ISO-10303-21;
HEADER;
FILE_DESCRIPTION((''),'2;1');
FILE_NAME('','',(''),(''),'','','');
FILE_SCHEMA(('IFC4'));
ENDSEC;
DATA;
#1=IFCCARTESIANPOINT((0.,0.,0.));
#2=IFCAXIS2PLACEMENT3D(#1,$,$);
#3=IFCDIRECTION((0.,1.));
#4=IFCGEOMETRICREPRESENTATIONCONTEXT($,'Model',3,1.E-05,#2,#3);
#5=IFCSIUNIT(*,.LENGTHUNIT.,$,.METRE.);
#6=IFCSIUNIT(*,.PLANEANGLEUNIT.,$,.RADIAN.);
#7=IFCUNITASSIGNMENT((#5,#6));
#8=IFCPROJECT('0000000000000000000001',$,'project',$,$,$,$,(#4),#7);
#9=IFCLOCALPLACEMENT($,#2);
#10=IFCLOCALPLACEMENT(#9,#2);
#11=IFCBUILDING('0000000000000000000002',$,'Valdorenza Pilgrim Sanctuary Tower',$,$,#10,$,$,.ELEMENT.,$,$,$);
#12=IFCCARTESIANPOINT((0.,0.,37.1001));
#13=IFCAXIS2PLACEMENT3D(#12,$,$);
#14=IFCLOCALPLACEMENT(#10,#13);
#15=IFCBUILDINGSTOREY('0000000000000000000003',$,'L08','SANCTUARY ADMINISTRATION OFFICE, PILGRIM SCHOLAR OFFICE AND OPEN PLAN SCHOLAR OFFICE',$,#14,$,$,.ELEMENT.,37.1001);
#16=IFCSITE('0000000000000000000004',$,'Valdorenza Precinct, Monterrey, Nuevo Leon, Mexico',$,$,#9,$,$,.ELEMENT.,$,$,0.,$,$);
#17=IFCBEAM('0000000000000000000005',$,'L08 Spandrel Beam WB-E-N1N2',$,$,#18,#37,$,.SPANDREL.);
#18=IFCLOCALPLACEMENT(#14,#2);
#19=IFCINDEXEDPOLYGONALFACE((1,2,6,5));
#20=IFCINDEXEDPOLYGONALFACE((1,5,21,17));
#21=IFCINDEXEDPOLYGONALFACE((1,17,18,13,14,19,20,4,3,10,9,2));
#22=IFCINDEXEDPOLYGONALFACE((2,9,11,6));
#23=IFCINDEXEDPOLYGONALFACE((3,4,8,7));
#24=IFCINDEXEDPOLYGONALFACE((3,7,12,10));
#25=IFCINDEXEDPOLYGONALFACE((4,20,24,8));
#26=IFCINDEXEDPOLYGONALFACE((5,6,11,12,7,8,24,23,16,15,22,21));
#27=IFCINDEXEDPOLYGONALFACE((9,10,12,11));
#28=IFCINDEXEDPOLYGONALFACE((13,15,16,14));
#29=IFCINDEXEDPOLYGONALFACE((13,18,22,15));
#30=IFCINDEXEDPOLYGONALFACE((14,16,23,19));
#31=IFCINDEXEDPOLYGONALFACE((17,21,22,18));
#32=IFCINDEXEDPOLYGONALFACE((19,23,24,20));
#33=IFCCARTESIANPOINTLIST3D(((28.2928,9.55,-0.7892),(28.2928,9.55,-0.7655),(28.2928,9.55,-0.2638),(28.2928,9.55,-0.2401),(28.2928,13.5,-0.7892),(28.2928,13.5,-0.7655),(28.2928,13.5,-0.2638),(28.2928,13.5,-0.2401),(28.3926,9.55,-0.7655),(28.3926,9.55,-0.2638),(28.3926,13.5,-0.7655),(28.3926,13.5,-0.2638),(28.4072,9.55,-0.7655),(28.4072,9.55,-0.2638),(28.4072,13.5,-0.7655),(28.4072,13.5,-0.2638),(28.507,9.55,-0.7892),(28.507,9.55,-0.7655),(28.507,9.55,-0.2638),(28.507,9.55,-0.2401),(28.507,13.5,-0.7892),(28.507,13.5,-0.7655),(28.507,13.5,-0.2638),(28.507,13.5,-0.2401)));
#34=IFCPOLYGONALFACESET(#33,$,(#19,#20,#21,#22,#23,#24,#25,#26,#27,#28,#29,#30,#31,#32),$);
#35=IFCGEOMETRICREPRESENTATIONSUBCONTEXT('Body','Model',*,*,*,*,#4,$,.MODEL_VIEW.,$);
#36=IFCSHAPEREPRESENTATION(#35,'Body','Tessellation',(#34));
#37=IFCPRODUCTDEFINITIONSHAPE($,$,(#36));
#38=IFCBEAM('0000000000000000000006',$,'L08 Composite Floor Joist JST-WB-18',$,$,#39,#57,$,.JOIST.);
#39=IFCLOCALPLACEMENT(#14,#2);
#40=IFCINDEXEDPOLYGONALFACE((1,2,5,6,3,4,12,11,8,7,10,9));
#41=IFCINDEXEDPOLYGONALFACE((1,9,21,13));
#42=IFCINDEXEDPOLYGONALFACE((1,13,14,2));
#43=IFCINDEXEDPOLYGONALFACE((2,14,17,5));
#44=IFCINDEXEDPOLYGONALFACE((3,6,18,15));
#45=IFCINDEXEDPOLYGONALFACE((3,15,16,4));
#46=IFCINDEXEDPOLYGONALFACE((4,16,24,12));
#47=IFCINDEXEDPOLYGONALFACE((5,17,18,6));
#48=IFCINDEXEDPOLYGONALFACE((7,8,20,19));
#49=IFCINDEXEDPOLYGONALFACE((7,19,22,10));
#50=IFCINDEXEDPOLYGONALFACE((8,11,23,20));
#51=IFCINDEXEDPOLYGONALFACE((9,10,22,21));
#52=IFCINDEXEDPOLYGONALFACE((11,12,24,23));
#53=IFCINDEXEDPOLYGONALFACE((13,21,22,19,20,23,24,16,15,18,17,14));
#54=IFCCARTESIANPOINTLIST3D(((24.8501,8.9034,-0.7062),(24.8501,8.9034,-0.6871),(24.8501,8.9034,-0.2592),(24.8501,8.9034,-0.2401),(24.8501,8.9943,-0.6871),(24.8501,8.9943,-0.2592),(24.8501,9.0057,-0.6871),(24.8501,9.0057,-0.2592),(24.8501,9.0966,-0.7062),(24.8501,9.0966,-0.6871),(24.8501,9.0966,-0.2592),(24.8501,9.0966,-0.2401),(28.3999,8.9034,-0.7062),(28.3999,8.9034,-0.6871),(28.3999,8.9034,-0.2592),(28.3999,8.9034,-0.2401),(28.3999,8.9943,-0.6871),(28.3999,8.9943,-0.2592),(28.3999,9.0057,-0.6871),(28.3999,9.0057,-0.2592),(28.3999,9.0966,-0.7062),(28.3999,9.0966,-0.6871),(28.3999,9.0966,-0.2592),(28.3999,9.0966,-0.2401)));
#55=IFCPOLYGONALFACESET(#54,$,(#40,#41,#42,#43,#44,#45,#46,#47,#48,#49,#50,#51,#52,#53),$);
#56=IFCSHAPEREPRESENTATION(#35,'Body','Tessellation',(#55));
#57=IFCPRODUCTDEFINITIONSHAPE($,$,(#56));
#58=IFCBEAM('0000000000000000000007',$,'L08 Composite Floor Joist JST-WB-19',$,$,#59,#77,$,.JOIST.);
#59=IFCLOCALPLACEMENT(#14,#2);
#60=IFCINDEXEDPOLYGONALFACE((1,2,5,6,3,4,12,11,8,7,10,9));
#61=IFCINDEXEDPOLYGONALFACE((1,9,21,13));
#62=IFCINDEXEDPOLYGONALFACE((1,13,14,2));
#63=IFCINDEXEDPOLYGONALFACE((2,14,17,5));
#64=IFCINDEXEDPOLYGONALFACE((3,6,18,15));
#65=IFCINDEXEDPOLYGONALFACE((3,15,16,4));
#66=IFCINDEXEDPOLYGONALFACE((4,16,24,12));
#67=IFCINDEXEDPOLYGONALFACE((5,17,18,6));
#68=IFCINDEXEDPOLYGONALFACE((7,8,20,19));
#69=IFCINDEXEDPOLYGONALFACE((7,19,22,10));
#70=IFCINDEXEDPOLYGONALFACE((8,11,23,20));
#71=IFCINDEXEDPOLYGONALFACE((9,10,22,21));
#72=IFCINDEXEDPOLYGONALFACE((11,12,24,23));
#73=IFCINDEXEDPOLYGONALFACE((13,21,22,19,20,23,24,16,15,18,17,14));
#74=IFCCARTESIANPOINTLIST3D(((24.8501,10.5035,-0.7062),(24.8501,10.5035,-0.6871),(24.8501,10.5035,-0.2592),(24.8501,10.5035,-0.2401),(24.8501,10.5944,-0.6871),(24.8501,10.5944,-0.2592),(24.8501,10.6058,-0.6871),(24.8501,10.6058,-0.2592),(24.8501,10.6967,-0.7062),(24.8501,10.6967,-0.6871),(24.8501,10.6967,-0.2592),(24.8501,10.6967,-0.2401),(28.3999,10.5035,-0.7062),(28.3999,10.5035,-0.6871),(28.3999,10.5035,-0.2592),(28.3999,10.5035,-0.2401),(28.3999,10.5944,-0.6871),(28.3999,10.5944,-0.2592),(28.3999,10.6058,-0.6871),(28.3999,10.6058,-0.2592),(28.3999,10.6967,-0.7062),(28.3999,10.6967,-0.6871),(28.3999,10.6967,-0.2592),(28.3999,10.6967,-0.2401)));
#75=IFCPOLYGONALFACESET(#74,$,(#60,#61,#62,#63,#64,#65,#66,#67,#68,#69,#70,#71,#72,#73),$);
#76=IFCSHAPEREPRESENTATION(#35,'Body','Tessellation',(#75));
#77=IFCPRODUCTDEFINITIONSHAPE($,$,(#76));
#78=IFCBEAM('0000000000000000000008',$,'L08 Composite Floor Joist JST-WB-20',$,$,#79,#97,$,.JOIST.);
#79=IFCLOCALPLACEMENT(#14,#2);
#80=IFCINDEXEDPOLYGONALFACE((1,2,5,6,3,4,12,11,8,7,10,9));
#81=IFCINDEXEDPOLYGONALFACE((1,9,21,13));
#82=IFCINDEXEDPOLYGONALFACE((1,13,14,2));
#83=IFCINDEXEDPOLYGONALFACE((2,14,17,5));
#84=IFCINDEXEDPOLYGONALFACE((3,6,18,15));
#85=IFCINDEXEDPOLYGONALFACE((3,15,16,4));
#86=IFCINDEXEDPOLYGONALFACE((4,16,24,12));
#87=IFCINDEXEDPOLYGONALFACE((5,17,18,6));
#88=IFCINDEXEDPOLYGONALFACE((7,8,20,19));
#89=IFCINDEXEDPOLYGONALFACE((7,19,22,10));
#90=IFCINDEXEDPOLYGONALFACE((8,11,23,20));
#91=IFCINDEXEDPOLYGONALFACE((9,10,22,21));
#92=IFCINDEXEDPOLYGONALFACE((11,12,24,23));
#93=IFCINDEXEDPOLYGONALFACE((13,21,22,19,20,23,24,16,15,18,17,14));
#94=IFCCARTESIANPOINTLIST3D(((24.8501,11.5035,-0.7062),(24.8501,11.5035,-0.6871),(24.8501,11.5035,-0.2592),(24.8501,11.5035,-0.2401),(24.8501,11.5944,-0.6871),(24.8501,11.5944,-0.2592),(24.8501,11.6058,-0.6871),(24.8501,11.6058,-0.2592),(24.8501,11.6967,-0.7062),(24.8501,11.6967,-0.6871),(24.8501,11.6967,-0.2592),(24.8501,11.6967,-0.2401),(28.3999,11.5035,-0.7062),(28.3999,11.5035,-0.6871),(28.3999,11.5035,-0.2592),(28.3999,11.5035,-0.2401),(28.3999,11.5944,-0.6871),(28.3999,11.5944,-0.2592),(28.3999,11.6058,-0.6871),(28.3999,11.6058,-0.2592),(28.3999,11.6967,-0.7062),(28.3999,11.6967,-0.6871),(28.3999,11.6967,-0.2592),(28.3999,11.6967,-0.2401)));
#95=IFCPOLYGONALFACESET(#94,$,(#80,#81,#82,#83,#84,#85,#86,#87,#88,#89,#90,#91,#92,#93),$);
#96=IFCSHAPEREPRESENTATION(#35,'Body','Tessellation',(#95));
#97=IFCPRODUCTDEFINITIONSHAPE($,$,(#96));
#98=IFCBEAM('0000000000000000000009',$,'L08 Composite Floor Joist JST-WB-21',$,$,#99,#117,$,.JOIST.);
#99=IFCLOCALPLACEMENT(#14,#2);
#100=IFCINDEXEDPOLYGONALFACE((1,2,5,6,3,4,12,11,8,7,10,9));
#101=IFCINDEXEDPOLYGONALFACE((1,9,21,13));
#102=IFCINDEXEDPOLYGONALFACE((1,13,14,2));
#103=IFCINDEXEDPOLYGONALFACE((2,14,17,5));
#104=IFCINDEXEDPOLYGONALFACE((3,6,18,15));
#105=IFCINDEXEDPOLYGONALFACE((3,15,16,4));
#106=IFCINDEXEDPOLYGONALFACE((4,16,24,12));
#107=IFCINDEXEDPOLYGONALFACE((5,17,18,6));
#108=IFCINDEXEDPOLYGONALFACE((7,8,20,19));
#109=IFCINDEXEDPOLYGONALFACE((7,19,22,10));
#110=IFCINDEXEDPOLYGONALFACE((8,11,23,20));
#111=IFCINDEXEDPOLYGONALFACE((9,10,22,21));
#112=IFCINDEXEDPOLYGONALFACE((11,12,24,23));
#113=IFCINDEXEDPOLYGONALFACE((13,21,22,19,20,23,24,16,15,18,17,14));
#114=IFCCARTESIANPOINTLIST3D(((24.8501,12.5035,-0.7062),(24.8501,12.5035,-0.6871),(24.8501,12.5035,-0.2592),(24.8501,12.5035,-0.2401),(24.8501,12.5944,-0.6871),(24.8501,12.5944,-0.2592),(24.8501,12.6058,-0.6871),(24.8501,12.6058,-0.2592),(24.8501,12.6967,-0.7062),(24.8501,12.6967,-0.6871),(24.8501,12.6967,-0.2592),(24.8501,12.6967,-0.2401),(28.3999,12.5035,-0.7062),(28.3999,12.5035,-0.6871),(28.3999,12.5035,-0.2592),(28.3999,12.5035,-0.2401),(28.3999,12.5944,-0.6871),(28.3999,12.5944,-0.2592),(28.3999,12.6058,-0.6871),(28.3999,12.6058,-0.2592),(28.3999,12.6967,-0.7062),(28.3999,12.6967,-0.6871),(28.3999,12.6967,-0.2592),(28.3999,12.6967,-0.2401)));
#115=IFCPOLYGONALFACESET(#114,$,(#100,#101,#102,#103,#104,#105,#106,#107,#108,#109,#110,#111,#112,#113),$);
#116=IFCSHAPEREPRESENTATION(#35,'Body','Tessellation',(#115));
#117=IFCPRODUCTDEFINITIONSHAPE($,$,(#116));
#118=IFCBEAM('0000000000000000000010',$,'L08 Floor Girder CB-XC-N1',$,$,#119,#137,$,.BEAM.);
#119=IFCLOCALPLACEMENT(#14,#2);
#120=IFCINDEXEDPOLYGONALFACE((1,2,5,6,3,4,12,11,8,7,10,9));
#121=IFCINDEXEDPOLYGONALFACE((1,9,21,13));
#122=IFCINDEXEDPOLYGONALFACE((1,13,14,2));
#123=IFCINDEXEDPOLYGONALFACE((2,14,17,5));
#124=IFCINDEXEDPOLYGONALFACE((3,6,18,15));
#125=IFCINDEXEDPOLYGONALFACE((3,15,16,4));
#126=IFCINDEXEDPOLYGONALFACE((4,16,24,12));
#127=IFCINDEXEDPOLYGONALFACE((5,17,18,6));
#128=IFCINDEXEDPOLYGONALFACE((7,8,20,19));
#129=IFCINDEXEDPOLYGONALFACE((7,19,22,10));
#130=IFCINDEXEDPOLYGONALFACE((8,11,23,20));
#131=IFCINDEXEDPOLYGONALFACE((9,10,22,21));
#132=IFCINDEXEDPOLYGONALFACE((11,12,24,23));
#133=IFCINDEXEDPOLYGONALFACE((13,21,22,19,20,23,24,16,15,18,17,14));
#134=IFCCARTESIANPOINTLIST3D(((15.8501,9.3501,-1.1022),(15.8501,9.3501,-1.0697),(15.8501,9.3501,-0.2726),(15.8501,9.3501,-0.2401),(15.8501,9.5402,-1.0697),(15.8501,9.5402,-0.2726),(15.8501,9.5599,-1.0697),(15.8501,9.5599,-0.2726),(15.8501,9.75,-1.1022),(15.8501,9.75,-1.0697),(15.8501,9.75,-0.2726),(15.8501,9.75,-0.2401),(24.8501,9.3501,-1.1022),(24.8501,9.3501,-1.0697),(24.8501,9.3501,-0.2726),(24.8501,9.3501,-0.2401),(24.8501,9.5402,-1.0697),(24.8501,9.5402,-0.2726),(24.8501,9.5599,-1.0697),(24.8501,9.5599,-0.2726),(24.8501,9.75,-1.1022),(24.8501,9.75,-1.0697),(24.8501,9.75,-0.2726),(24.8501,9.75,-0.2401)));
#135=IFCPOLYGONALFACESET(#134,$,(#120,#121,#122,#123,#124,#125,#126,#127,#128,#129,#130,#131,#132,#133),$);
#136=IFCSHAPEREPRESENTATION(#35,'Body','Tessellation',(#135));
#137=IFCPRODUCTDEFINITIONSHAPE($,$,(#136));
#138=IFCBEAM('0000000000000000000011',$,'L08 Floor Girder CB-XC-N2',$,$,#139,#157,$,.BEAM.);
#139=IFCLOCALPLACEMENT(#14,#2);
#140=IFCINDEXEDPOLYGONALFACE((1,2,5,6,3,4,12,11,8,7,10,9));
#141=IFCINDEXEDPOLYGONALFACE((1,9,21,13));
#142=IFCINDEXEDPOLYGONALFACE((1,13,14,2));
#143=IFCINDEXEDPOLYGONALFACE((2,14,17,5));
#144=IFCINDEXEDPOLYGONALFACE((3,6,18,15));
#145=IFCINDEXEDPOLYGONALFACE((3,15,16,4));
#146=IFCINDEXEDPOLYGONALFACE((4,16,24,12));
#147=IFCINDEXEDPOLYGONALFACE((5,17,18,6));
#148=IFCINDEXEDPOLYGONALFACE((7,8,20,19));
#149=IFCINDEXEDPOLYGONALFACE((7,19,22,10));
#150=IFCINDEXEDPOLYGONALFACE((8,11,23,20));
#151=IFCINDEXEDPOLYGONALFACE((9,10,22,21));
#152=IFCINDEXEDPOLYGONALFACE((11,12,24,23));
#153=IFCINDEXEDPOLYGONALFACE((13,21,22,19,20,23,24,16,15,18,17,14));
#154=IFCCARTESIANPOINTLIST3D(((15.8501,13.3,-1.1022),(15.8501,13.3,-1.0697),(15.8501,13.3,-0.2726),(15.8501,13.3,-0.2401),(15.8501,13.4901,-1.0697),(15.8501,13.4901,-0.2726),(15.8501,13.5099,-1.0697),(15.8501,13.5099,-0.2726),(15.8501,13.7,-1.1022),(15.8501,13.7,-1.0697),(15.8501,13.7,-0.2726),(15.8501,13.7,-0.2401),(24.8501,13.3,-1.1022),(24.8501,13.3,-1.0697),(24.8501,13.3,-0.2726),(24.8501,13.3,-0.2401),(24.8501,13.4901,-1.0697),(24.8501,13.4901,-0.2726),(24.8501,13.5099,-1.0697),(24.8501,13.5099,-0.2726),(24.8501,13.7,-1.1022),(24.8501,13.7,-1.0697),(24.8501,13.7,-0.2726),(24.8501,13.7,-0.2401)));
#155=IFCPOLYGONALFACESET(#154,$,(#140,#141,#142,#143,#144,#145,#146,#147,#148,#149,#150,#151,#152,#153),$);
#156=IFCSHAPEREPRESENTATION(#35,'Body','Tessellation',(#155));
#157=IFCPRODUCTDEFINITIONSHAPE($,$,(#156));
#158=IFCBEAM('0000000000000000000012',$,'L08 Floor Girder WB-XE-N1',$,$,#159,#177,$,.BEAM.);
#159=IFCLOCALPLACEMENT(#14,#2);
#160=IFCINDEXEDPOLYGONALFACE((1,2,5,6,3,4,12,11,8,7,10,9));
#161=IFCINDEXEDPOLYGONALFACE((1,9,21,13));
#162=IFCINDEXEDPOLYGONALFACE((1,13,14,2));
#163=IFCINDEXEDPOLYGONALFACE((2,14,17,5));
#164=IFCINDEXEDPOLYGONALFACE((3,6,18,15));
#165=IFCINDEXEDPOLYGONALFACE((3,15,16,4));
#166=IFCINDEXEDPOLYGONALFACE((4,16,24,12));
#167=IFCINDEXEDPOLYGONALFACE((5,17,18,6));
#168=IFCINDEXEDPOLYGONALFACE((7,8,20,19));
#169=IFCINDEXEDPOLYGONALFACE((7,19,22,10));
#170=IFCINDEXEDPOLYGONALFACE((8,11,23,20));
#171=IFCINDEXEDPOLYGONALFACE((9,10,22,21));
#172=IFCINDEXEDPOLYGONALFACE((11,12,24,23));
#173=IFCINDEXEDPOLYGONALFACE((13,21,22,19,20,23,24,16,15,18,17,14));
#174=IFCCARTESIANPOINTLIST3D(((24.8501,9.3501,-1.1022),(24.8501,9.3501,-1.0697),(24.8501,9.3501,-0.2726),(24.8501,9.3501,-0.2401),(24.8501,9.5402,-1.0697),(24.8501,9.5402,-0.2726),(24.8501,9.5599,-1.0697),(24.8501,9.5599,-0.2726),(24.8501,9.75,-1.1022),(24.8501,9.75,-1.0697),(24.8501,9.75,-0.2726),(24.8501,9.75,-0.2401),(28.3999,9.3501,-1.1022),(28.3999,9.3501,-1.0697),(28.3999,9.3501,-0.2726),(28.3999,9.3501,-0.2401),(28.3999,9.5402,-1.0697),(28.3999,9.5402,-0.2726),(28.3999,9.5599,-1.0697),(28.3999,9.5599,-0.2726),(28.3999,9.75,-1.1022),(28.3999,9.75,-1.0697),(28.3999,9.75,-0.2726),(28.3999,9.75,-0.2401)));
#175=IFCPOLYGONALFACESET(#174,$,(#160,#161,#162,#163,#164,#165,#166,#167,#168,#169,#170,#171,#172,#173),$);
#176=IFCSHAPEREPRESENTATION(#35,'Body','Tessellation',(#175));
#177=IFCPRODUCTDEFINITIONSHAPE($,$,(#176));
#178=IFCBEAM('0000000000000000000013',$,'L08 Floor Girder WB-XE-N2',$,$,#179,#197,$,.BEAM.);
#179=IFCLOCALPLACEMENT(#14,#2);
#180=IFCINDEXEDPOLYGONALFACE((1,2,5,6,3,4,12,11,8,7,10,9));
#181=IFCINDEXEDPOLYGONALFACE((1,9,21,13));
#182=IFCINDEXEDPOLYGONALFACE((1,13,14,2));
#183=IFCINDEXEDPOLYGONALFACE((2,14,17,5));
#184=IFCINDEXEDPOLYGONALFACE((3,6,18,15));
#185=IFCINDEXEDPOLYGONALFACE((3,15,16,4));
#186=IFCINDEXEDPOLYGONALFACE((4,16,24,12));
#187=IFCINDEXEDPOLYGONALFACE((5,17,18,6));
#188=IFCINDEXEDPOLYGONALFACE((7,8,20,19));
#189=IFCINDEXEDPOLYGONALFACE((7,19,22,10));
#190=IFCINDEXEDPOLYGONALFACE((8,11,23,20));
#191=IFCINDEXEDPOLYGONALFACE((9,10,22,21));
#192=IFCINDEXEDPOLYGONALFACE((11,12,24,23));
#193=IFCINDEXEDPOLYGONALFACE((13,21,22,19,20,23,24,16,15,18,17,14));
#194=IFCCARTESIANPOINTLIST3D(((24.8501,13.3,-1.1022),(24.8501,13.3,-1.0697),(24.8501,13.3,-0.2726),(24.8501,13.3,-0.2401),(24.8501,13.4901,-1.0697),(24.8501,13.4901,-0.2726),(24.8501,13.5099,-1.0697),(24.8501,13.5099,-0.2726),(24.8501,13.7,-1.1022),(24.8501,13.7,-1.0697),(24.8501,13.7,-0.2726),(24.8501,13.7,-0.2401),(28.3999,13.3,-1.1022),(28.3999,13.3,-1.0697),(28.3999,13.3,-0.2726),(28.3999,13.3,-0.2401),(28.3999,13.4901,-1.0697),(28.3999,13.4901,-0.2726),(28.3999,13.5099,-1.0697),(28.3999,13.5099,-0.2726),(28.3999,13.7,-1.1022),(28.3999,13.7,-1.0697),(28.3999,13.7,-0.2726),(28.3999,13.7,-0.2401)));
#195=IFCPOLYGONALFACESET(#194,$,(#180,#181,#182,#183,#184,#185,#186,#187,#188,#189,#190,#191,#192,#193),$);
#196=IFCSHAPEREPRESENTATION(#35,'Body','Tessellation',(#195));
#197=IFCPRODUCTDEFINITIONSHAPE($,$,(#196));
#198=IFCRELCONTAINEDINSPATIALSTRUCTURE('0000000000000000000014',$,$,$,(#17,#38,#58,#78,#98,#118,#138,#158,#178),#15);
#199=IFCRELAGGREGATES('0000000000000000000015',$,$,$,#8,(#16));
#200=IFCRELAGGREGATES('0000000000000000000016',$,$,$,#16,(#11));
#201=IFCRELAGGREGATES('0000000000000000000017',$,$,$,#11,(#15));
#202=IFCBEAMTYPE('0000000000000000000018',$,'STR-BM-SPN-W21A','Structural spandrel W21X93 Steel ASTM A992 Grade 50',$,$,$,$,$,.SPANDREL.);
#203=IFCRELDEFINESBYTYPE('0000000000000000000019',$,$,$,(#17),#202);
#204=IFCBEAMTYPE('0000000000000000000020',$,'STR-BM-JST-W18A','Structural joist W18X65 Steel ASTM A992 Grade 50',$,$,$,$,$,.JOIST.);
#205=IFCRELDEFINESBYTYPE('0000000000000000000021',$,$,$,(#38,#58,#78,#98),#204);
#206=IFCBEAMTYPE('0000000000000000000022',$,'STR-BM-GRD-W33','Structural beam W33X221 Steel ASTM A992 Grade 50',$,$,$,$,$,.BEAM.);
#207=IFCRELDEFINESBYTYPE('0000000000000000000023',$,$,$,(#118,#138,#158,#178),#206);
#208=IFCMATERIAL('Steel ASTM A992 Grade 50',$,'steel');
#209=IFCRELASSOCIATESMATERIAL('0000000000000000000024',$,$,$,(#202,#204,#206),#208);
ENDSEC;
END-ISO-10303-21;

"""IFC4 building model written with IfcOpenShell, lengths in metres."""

from ifc_helpers import new_model, si_unit, direction, frame, origin, origin_2d, place, context, subcontext, project, spatial, i_section, extrude, source, transform, mapped, material, material_profile, profile_set, type_object, element, save


model = new_model("IFC4")

# Units and contexts
model_context = context("Model", 3, precision=1e-05, world=origin(), true_north=direction((0.0, 1.0)))
body_context = subcontext(model_context, "Body", "Model", "MODEL_VIEW")
ifc_project = project(units=[si_unit("LENGTHUNIT", "METRE"), si_unit("PLANEANGLEUNIT", "RADIAN")], contexts=[model_context])

# Site, building, storey
site_placement = place(None, origin())
site = spatial("IfcSite", under=ifc_project, at=site_placement, Name="Valdorenza Precinct, Monterrey, Nuevo Leon, Mexico", CompositionType="ELEMENT", RefElevation=0.0)
building_placement = place(site_placement, origin())
building = spatial("IfcBuilding", under=site, at=building_placement, Name="Valdorenza Pilgrim Sanctuary Tower", CompositionType="ELEMENT")
storey_placement = place(building_placement, frame((0.0, 0.0, 37.1001)))
storey = spatial("IfcBuildingStorey", under=building, at=storey_placement, Name="L08", Description="SANCTUARY ADMINISTRATION OFFICE, PILGRIM SCHOLAR OFFICE AND OPEN PLAN SCHOLAR OFFICE", CompositionType="ELEMENT", Elevation=37.1001)

# Beams
ifc_material_1 = material(Name="Steel ASTM A992 Grade 50", Category="steel")
ifc_material_profile_1 = material_profile(ifc_material_1, i_section(OverallWidth=0.2141, OverallDepth=0.5491, WebThickness=0.0146, FlangeThickness=0.0237, at=origin_2d()), Name="W21X93")
ifc_profile_set_1 = profile_set([ifc_material_profile_1], Name="Steel ASTM A992 Grade 50")
beam_type_1 = type_object("IfcBeamType", Name="STR-BM-SPN-W21A", Description="Structural spandrel W21X93 Steel ASTM A992 Grade 50", PredefinedType="SPANDREL", material=ifc_profile_set_1)
shared_shape_1 = source(origin(), body_context, "Body", "SweptSolid", [
    extrude(i_section(OverallWidth=0.2141, OverallDepth=0.5491, WebThickness=0.0146, FlangeThickness=0.0237, at=origin_2d()), origin(), (0.0, 0.0, 1.0), 3.95),
])
beam_placement = place(storey_placement, frame((28.3999, 9.55, -0.5146), z_axis=(0.0, 1.0, 0.0), x_axis=(-1.0, 0.0, 0.0)))
element("IfcBeam", 1, at=beam_placement, inside=storey, type_object=beam_type_1, Name="L08 Spandrel Beam WB-E-N1N2", PredefinedType="SPANDREL", context=body_context, shape_type="MappedRepresentation", body=[
    mapped(shared_shape_1, transform((0.0, 0.0, 0.0), x_axis=(1.0, 0.0, 0.0), y_axis=(0.0, 1.0, 0.0), z_axis=(0.0, 0.0, 1.0), scale=1.0)),
])
ifc_material_profile_2 = material_profile(ifc_material_1, i_section(OverallWidth=0.1931, OverallDepth=0.4661, WebThickness=0.0115, FlangeThickness=0.019, at=origin_2d()), Name="W18X65")
ifc_profile_set_2 = profile_set([ifc_material_profile_2], Name="Steel ASTM A992 Grade 50")
beam_type_2 = type_object("IfcBeamType", Name="STR-BM-JST-W18A", Description="Structural joist W18X65 Steel ASTM A992 Grade 50", PredefinedType="JOIST", material=ifc_profile_set_2)
shared_shape_2 = source(origin(), body_context, "Body", "SweptSolid", [
    extrude(i_section(OverallWidth=0.1931, OverallDepth=0.4661, WebThickness=0.0115, FlangeThickness=0.019, at=origin_2d()), origin(), (0.0, 0.0, 1.0), 3.5498),
])
for number, where, z_axis, x_axis, name in (
    (2, (24.8501, 9.0, -0.4731), (1.0, 0.0, 0.0), (0.0, 1.0, 0.0), "L08 Composite Floor Joist JST-WB-18"),
    (3, (24.8501, 10.6001, -0.4731), (1.0, 0.0, 0.0), (0.0, 1.0, 0.0), "L08 Composite Floor Joist JST-WB-19"),
    (4, (24.8501, 11.6001, -0.4731), (1.0, 0.0, 0.0), (0.0, 1.0, 0.0), "L08 Composite Floor Joist JST-WB-20"),
    (5, (24.8501, 12.6001, -0.4731), (1.0, 0.0, 0.0), (0.0, 1.0, 0.0), "L08 Composite Floor Joist JST-WB-21"),
):
    element("IfcBeam", number, at=place(storey_placement, frame(where, z_axis=z_axis, x_axis=x_axis)), inside=storey, type_object=beam_type_2, Name=name, PredefinedType="JOIST", context=body_context, shape_type="MappedRepresentation", body=[
        mapped(shared_shape_2, transform((0.0, 0.0, 0.0), x_axis=(1.0, 0.0, 0.0), y_axis=(0.0, 1.0, 0.0), z_axis=(0.0, 0.0, 1.0), scale=1.0)),
    ])
ifc_material_profile_3 = material_profile(ifc_material_1, i_section(OverallWidth=0.3999, OverallDepth=0.8621, WebThickness=0.0198, FlangeThickness=0.0325, at=origin_2d()), Name="W33X221")
ifc_profile_set_3 = profile_set([ifc_material_profile_3], Name="Steel ASTM A992 Grade 50")
beam_type_3 = type_object("IfcBeamType", Name="STR-BM-GRD-W33", Description="Structural beam W33X221 Steel ASTM A992 Grade 50", PredefinedType="BEAM", material=ifc_profile_set_3)
shared_shape_3 = source(origin(), body_context, "Body", "SweptSolid", [
    extrude(i_section(OverallWidth=0.3999, OverallDepth=0.8621, WebThickness=0.0198, FlangeThickness=0.0325, at=origin_2d()), origin(), (0.0, 0.0, 1.0), 9.0),
])
for number, where, z_axis, x_axis, name in (
    (6, (15.8501, 9.55, -0.6711), (1.0, 0.0, 0.0), (0.0, 1.0, 0.0), "L08 Floor Girder CB-XC-N1"),
    (7, (15.8501, 13.5, -0.6711), (1.0, 0.0, 0.0), (0.0, 1.0, 0.0), "L08 Floor Girder CB-XC-N2"),
):
    element("IfcBeam", number, at=place(storey_placement, frame(where, z_axis=z_axis, x_axis=x_axis)), inside=storey, type_object=beam_type_3, Name=name, PredefinedType="BEAM", context=body_context, shape_type="MappedRepresentation", body=[
        mapped(shared_shape_3, transform((0.0, 0.0, 0.0), x_axis=(1.0, 0.0, 0.0), y_axis=(0.0, 1.0, 0.0), z_axis=(0.0, 0.0, 1.0), scale=1.0)),
    ])
shared_shape_4 = source(origin(), body_context, "Body", "SweptSolid", [
    extrude(i_section(OverallWidth=0.3999, OverallDepth=0.8621, WebThickness=0.0198, FlangeThickness=0.0325, at=origin_2d()), origin(), (0.0, 0.0, 1.0), 3.5498),
])
for number, where, z_axis, x_axis, name in (
    (8, (24.8501, 9.55, -0.6711), (1.0, 0.0, 0.0), (0.0, 1.0, 0.0), "L08 Floor Girder WB-XE-N1"),
    (9, (24.8501, 13.5, -0.6711), (1.0, 0.0, 0.0), (0.0, 1.0, 0.0), "L08 Floor Girder WB-XE-N2"),
):
    element("IfcBeam", number, at=place(storey_placement, frame(where, z_axis=z_axis, x_axis=x_axis)), inside=storey, type_object=beam_type_3, Name=name, PredefinedType="BEAM", context=body_context, shape_type="MappedRepresentation", body=[
        mapped(shared_shape_4, transform((0.0, 0.0, 0.0), x_axis=(1.0, 0.0, 0.0), y_axis=(0.0, 1.0, 0.0), z_axis=(0.0, 0.0, 1.0), scale=1.0)),
    ])

save(model, "model.ifc")
